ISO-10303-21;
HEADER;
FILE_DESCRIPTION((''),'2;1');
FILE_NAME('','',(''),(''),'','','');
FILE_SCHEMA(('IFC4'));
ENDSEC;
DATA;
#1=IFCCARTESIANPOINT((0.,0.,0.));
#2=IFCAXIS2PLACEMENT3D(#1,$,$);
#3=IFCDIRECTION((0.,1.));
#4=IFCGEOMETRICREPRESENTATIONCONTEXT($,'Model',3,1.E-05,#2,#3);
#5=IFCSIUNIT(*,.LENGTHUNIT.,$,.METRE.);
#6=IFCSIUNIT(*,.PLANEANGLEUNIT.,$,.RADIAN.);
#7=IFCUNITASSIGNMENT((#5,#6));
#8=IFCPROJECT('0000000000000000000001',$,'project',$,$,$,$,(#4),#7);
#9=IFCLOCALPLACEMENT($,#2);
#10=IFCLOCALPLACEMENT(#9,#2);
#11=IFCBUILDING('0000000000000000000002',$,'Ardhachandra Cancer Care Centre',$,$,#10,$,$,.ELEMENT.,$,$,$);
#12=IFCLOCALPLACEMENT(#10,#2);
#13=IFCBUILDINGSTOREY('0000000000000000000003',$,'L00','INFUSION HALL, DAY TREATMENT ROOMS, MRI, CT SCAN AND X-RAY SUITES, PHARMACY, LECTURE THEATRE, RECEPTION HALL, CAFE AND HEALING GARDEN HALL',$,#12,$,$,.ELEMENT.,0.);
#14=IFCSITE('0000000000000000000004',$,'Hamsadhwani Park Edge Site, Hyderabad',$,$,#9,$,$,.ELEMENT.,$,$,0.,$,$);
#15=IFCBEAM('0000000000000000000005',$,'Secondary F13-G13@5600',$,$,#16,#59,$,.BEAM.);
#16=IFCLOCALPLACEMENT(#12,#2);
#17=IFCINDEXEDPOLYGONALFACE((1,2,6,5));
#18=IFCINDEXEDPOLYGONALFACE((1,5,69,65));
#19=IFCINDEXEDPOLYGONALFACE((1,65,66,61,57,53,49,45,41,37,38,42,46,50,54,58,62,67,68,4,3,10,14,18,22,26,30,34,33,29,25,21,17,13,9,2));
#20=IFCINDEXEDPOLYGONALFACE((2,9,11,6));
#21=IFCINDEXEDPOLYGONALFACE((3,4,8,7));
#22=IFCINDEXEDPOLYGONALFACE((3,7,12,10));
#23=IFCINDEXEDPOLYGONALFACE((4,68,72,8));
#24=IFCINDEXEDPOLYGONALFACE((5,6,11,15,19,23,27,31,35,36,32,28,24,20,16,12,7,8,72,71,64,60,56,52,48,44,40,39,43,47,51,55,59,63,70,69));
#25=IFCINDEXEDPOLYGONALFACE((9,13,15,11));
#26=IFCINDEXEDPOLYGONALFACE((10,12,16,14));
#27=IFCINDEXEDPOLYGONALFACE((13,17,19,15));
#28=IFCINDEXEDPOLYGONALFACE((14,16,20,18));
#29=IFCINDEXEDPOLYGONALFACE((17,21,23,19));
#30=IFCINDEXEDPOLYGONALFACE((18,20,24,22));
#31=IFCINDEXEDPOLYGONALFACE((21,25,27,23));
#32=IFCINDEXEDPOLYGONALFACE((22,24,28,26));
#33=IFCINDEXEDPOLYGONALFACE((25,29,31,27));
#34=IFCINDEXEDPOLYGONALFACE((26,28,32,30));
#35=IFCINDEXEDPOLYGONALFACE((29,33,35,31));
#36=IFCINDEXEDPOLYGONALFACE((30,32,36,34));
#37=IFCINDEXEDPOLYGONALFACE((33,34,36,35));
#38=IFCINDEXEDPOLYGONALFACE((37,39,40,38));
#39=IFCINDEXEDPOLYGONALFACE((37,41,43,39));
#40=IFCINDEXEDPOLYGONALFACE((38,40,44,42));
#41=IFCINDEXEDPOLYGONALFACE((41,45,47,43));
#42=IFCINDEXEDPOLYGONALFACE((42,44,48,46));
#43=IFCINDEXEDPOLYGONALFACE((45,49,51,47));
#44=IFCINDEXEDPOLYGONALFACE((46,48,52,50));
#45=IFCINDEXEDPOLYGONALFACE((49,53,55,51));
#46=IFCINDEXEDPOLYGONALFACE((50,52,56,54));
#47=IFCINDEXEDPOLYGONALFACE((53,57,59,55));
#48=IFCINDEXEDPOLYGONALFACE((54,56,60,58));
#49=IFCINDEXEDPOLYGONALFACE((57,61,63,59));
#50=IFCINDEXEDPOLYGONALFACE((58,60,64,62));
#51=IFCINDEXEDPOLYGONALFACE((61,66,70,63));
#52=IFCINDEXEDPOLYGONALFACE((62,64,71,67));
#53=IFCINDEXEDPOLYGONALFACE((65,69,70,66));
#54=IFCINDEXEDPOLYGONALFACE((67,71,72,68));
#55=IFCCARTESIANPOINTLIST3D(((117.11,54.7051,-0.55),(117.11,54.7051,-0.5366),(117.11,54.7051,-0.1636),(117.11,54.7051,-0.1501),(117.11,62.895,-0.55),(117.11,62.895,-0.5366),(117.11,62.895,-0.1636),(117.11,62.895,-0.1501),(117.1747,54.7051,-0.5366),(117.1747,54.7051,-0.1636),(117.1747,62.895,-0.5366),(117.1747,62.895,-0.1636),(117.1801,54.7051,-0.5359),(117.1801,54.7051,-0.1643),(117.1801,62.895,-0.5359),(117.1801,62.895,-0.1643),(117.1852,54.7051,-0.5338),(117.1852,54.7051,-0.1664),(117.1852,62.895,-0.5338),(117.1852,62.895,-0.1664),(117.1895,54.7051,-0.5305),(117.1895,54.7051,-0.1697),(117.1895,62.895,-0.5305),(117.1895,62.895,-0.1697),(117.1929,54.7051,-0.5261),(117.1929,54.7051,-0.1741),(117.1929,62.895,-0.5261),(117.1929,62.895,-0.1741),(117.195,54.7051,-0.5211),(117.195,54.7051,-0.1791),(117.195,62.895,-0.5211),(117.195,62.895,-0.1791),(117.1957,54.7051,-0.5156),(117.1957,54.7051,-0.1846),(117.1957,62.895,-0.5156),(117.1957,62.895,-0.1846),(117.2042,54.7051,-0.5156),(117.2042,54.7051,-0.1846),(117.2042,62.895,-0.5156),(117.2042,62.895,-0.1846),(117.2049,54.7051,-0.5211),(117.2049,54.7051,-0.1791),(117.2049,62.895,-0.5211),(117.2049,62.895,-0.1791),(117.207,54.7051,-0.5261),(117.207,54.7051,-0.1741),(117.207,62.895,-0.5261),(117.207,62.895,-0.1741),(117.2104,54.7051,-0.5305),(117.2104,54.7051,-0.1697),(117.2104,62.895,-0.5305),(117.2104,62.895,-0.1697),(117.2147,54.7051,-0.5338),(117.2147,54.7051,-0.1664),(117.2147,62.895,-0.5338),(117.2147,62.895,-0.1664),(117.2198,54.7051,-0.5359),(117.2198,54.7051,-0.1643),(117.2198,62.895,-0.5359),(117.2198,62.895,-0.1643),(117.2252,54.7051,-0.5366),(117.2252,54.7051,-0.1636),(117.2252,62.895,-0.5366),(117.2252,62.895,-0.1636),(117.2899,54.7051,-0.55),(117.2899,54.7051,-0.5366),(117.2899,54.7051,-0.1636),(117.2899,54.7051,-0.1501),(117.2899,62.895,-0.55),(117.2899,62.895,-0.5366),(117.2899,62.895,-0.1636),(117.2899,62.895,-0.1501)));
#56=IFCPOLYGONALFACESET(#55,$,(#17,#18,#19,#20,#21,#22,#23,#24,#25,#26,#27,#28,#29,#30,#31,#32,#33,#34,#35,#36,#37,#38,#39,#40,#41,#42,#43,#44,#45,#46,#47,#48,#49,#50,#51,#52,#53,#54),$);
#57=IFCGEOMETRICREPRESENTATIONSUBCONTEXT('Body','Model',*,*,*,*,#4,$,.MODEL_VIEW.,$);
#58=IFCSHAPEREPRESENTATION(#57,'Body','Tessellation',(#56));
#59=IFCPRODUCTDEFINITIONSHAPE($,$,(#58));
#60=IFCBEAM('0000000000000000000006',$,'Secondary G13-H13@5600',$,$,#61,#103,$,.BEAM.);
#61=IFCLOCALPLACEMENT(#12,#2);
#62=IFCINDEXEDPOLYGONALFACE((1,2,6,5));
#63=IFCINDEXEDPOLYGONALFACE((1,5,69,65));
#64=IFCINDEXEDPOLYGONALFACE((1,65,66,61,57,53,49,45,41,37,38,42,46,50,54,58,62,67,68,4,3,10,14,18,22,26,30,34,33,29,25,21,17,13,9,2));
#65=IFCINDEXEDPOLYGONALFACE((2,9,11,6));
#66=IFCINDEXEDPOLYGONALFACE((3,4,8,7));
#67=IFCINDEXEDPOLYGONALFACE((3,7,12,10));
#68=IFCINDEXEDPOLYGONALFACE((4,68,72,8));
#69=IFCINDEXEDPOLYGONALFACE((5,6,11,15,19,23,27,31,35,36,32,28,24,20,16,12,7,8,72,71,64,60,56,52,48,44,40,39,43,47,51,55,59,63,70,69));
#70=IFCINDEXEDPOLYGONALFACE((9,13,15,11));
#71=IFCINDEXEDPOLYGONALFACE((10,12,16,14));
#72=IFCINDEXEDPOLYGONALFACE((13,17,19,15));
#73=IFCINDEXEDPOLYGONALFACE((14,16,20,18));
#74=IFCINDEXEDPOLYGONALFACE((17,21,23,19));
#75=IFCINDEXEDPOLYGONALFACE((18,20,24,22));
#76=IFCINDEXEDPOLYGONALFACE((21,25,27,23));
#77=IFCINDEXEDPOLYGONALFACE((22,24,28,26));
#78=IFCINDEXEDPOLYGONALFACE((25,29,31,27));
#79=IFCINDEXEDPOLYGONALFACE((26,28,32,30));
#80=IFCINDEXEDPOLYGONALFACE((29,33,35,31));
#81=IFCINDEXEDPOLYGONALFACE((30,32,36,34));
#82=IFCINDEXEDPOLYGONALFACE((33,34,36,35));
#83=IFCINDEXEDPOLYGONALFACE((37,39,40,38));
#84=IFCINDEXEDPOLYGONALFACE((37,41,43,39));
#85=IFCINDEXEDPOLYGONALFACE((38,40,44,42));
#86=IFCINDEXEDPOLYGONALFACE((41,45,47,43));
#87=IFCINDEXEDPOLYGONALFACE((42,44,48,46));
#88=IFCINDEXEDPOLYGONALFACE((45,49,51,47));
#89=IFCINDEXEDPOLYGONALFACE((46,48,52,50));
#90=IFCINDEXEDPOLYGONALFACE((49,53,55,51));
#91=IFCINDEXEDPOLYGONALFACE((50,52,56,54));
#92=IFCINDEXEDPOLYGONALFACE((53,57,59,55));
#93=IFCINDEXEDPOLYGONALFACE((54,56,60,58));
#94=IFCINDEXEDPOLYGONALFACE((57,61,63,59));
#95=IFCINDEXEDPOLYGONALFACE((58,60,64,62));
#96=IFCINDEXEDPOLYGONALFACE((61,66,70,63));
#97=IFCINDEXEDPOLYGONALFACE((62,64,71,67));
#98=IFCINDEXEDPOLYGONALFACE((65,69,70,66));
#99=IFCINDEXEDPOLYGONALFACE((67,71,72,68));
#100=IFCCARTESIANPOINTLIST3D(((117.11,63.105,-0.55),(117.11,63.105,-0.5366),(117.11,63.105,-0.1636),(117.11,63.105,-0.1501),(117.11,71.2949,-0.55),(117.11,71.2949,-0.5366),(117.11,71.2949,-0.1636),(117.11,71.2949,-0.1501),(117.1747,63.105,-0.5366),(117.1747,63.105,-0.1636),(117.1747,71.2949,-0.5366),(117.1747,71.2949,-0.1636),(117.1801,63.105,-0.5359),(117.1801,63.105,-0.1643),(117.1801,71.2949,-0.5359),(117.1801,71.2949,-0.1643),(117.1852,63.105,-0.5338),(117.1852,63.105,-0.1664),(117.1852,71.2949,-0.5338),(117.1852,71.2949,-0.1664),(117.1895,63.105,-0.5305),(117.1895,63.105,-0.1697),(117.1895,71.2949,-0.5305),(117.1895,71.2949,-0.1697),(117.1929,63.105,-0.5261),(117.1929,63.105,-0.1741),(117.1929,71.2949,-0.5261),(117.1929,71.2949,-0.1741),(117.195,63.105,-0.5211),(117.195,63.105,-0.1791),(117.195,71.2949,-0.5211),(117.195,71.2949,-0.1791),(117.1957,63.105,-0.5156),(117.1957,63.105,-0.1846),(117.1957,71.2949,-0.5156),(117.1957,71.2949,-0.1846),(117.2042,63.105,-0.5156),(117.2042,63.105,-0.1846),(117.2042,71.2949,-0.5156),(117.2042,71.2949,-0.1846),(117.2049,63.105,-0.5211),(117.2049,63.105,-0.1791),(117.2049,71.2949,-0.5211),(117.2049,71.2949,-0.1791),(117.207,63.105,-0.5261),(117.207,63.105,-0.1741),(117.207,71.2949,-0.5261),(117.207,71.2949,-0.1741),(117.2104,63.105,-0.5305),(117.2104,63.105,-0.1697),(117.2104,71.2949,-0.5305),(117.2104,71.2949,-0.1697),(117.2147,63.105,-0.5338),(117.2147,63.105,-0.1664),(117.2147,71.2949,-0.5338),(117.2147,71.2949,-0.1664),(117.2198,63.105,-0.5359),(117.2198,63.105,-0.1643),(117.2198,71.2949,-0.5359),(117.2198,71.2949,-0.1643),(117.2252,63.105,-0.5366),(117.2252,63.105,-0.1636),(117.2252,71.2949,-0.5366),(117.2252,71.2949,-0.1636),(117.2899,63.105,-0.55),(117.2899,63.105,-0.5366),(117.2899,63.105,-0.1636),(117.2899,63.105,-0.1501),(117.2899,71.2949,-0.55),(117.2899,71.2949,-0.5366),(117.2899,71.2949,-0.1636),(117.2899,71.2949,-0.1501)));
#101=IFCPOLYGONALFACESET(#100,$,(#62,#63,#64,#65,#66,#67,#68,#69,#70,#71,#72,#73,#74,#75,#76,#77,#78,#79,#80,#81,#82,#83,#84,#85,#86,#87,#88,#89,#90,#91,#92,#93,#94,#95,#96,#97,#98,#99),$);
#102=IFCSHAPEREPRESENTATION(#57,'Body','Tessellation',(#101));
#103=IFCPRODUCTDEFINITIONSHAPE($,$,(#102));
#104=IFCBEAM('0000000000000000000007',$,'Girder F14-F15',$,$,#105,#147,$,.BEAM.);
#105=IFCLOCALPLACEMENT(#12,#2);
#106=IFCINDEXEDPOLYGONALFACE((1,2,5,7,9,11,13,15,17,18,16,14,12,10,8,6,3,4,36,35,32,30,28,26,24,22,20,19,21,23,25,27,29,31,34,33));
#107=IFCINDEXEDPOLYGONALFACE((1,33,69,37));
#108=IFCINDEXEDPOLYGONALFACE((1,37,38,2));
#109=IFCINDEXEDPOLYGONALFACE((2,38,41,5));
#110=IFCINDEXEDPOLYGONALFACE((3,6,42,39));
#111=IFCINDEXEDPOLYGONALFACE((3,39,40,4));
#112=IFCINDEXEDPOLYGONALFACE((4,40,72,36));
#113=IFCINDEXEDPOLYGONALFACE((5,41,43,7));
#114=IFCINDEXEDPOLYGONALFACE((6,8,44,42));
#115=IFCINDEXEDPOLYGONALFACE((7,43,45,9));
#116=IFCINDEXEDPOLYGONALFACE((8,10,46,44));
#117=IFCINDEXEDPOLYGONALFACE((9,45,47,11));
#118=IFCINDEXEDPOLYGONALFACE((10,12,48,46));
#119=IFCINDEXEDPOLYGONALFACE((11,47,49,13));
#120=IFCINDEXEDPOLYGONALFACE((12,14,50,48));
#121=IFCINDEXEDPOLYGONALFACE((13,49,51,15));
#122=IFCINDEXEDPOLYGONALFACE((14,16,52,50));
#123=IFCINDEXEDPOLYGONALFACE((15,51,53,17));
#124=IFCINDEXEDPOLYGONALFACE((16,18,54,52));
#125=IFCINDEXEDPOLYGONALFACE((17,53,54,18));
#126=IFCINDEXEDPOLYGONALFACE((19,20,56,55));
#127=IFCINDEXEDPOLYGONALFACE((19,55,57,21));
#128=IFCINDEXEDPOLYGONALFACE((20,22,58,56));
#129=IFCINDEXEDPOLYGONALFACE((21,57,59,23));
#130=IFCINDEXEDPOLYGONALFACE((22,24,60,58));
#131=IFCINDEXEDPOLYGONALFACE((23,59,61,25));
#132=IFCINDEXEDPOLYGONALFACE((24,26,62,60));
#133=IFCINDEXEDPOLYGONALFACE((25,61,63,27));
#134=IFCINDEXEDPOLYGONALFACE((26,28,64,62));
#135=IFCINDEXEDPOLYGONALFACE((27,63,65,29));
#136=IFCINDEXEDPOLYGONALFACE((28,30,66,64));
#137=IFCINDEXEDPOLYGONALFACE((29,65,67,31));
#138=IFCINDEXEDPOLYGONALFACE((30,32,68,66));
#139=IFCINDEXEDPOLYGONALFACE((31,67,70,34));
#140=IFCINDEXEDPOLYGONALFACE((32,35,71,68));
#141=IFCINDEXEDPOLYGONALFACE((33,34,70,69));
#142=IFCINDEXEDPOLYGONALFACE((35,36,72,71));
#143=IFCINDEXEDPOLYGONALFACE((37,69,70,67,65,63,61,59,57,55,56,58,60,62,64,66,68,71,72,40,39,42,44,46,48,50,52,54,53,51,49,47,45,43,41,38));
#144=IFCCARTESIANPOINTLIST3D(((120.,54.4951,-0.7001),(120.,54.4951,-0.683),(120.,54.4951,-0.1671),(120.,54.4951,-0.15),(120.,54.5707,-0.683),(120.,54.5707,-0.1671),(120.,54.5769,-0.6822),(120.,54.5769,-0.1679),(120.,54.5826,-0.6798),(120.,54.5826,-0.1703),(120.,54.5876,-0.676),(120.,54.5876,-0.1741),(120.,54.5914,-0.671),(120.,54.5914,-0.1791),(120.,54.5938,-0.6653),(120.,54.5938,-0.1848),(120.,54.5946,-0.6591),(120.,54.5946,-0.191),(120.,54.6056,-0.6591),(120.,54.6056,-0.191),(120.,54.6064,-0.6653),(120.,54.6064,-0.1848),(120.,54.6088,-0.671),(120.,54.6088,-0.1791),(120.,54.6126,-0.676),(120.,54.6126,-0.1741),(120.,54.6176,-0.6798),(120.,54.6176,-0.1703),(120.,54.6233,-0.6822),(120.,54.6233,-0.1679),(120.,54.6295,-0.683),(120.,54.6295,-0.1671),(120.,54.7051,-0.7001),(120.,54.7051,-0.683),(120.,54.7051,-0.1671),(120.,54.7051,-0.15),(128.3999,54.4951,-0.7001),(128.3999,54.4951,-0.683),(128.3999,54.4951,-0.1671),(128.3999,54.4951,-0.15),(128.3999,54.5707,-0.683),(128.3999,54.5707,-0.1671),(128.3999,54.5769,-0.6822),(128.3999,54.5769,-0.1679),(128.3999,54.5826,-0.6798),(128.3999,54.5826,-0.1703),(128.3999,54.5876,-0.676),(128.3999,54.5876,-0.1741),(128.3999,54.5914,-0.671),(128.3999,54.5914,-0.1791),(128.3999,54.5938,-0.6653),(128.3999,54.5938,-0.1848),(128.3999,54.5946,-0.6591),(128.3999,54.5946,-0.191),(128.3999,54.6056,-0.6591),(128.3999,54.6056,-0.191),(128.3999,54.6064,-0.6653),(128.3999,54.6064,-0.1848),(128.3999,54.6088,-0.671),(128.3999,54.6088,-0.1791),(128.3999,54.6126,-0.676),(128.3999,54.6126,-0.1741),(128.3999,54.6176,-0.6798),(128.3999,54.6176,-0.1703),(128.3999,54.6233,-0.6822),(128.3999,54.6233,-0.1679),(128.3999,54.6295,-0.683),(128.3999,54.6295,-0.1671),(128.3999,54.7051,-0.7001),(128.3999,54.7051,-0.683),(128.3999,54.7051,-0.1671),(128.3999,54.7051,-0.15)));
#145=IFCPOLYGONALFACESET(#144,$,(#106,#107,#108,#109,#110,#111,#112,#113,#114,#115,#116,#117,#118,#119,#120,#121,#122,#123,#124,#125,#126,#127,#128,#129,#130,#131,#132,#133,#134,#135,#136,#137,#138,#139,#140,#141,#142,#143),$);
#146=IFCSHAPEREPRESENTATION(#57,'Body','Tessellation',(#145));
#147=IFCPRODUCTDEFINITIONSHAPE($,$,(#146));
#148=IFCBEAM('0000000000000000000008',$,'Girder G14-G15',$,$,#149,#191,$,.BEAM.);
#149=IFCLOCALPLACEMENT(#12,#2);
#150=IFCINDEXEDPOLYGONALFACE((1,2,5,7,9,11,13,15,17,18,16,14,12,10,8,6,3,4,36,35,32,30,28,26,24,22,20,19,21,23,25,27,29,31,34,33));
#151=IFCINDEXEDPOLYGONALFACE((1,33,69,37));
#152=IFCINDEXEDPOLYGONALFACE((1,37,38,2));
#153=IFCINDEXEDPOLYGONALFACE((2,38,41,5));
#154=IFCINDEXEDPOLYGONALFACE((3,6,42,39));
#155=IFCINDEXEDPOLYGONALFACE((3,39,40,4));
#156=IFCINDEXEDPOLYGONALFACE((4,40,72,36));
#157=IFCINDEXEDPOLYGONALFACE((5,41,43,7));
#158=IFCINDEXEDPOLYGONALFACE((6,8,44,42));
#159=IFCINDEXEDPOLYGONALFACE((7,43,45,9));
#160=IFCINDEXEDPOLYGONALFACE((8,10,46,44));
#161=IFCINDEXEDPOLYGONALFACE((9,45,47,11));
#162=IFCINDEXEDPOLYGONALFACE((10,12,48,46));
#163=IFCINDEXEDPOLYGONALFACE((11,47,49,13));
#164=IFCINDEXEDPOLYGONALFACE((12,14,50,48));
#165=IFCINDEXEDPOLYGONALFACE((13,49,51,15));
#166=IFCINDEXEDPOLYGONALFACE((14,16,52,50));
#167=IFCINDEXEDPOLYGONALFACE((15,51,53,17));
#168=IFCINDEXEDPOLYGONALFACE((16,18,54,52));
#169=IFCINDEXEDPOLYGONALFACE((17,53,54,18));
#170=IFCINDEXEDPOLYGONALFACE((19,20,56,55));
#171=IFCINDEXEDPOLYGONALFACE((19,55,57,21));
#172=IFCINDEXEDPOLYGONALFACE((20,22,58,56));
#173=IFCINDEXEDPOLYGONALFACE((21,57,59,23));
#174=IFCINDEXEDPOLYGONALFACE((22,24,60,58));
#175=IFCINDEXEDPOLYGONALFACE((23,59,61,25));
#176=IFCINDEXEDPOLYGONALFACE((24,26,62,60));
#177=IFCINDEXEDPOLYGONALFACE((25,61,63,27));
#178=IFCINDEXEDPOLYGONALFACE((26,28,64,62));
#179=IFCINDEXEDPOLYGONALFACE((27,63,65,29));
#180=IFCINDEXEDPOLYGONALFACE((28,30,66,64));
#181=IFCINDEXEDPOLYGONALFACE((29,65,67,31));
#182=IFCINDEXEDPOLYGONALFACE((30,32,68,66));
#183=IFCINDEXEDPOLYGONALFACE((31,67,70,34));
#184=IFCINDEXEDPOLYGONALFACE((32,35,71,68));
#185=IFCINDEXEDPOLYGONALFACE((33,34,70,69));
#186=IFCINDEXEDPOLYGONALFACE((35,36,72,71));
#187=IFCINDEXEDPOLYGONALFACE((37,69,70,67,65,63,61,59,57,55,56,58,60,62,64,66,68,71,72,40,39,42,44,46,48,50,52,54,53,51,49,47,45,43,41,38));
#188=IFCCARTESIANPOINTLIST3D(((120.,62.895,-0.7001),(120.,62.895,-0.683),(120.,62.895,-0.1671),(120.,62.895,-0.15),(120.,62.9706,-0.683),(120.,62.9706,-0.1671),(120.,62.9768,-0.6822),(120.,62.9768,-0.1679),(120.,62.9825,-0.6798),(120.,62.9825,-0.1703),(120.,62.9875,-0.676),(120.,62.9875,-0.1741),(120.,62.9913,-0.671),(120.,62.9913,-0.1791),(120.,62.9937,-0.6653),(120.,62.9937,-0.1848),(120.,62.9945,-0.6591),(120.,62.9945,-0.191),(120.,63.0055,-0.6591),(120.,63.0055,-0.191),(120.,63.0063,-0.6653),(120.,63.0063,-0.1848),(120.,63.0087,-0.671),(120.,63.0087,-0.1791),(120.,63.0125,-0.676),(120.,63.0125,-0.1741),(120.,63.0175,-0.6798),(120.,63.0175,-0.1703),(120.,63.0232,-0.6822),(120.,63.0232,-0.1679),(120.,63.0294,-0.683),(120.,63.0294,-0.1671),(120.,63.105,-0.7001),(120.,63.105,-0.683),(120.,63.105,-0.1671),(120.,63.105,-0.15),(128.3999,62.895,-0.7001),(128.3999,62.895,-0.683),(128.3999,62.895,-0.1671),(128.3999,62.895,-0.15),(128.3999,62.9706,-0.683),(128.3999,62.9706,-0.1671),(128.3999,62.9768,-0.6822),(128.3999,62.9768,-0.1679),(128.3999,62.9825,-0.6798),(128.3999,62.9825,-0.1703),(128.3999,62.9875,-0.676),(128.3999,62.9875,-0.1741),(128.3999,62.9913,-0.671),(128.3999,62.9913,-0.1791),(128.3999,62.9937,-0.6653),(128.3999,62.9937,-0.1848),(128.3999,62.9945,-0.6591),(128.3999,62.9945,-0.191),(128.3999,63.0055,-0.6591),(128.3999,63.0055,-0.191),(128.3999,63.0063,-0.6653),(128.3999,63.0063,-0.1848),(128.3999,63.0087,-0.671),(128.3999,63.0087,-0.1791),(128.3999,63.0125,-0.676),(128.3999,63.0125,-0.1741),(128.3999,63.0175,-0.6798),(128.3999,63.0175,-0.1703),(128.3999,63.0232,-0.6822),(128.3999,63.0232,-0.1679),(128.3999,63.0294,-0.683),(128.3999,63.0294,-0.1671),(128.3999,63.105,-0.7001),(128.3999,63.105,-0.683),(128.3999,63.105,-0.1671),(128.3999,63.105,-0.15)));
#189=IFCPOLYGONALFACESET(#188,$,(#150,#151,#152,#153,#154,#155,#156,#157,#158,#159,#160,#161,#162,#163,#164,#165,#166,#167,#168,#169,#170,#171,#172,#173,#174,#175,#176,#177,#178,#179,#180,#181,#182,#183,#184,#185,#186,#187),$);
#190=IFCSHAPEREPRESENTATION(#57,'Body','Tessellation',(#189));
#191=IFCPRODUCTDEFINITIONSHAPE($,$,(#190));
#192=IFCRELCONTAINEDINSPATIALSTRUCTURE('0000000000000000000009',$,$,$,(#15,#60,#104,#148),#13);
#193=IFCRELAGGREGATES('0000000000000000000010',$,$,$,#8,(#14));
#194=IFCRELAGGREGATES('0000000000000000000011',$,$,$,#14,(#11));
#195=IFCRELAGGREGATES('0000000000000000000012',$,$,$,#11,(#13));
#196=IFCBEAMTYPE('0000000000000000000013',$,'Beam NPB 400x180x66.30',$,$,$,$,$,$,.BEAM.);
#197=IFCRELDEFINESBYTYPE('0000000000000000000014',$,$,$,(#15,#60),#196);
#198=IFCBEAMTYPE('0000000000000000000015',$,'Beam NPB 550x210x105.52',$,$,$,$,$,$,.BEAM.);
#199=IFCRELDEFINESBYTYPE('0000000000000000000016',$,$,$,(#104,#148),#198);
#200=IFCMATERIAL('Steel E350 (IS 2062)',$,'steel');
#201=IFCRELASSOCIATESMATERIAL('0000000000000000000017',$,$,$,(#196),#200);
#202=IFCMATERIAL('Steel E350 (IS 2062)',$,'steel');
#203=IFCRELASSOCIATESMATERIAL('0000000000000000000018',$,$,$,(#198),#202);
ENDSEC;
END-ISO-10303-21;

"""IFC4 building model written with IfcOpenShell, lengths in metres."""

from ifc_helpers import new_model, si_unit, direction, frame, origin, origin_2d, place, context, subcontext, project, spatial, i_section, extrude, material, material_profile, profile_set, type_object, element, save


model = new_model("IFC4")

# Units and contexts
model_context = context("Model", 3, precision=1e-05, world=origin(), true_north=direction((0.0, 1.0)))
body_context = subcontext(model_context, "Body", "Model", "MODEL_VIEW")
ifc_project = project(units=[si_unit("LENGTHUNIT", "METRE"), si_unit("PLANEANGLEUNIT", "RADIAN")], contexts=[model_context])

# Site, building, storey
site_placement = place(None, origin())
site = spatial("IfcSite", under=ifc_project, at=site_placement, Name="Hamsadhwani Park Edge Site, Hyderabad", CompositionType="ELEMENT", RefElevation=0.0)
building_placement = place(site_placement, origin())
building = spatial("IfcBuilding", under=site, at=building_placement, Name="Ardhachandra Cancer Care Centre", CompositionType="ELEMENT")
storey_placement = place(building_placement, origin())
storey = spatial("IfcBuildingStorey", under=building, at=storey_placement, Name="L00", Description="INFUSION HALL, DAY TREATMENT ROOMS, MRI, CT SCAN AND X-RAY SUITES, PHARMACY, LECTURE THEATRE, RECEPTION HALL, CAFE AND HEALING GARDEN HALL", CompositionType="ELEMENT", Elevation=0.0)

# Beams
ifc_material_1 = material(Name="Steel E350 (IS 2062)", Category="steel")
ifc_material_profile_1 = material_profile(ifc_material_1, i_section(OverallWidth=0.1799, OverallDepth=0.3999, WebThickness=0.0085, FlangeThickness=0.0134, FilletRadius=0.021, at=origin_2d()), Name="NPB 400x180x66.30")
ifc_profile_set_1 = profile_set([ifc_material_profile_1], Name="Steel E350 (IS 2062)")
beam_type_1 = type_object("IfcBeamType", Name="Beam NPB 400x180x66.30", PredefinedType="BEAM", material=ifc_profile_set_1)
for number, where, z_axis, x_axis, name in (
    (1, (117.2, 54.7051, -0.3501), (0.0, 1.0, 0.0), (-1.0, 0.0, 0.0), "Secondary F13-G13@5600"),
    (2, (117.2, 63.105, -0.3501), (0.0, 1.0, 0.0), (-1.0, 0.0, 0.0), "Secondary G13-H13@5600"),
):
    element("IfcBeam", number, at=place(storey_placement, frame(where, z_axis=z_axis, x_axis=x_axis)), inside=storey, type_object=beam_type_1, Name=name, PredefinedType="BEAM", context=body_context, shape_type="SweptSolid", body=[
        extrude(i_section(OverallWidth=0.1799, OverallDepth=0.3999, WebThickness=0.0085, FlangeThickness=0.0134, FilletRadius=0.021, at=origin_2d()), origin(), (0.0, 0.0, 1.0), 8.1899),
    ])
ifc_material_2 = material(Name="Steel E350 (IS 2062)", Category="steel")
ifc_material_profile_2 = material_profile(ifc_material_2, i_section(OverallWidth=0.21, OverallDepth=0.55, WebThickness=0.011, FlangeThickness=0.0171, FilletRadius=0.0239, at=origin_2d()), Name="NPB 550x210x105.52")
ifc_profile_set_2 = profile_set([ifc_material_profile_2], Name="Steel E350 (IS 2062)")
beam_type_2 = type_object("IfcBeamType", Name="Beam NPB 550x210x105.52", PredefinedType="BEAM", material=ifc_profile_set_2)
for number, where, z_axis, x_axis, name in (
    (3, (120.0, 54.6001, -0.425), (1.0, 0.0, 0.0), (0.0, 1.0, 0.0), "Girder F14-F15"),
    (4, (120.0, 63.0, -0.425), (1.0, 0.0, 0.0), (0.0, 1.0, 0.0), "Girder G14-G15"),
):
    element("IfcBeam", number, at=place(storey_placement, frame(where, z_axis=z_axis, x_axis=x_axis)), inside=storey, type_object=beam_type_2, Name=name, PredefinedType="BEAM", context=body_context, shape_type="SweptSolid", body=[
        extrude(i_section(OverallWidth=0.21, OverallDepth=0.55, WebThickness=0.011, FlangeThickness=0.0171, FilletRadius=0.0239, at=origin_2d()), origin(), (0.0, 0.0, 1.0), 8.3999),
    ])

save(model, "model.ifc")
